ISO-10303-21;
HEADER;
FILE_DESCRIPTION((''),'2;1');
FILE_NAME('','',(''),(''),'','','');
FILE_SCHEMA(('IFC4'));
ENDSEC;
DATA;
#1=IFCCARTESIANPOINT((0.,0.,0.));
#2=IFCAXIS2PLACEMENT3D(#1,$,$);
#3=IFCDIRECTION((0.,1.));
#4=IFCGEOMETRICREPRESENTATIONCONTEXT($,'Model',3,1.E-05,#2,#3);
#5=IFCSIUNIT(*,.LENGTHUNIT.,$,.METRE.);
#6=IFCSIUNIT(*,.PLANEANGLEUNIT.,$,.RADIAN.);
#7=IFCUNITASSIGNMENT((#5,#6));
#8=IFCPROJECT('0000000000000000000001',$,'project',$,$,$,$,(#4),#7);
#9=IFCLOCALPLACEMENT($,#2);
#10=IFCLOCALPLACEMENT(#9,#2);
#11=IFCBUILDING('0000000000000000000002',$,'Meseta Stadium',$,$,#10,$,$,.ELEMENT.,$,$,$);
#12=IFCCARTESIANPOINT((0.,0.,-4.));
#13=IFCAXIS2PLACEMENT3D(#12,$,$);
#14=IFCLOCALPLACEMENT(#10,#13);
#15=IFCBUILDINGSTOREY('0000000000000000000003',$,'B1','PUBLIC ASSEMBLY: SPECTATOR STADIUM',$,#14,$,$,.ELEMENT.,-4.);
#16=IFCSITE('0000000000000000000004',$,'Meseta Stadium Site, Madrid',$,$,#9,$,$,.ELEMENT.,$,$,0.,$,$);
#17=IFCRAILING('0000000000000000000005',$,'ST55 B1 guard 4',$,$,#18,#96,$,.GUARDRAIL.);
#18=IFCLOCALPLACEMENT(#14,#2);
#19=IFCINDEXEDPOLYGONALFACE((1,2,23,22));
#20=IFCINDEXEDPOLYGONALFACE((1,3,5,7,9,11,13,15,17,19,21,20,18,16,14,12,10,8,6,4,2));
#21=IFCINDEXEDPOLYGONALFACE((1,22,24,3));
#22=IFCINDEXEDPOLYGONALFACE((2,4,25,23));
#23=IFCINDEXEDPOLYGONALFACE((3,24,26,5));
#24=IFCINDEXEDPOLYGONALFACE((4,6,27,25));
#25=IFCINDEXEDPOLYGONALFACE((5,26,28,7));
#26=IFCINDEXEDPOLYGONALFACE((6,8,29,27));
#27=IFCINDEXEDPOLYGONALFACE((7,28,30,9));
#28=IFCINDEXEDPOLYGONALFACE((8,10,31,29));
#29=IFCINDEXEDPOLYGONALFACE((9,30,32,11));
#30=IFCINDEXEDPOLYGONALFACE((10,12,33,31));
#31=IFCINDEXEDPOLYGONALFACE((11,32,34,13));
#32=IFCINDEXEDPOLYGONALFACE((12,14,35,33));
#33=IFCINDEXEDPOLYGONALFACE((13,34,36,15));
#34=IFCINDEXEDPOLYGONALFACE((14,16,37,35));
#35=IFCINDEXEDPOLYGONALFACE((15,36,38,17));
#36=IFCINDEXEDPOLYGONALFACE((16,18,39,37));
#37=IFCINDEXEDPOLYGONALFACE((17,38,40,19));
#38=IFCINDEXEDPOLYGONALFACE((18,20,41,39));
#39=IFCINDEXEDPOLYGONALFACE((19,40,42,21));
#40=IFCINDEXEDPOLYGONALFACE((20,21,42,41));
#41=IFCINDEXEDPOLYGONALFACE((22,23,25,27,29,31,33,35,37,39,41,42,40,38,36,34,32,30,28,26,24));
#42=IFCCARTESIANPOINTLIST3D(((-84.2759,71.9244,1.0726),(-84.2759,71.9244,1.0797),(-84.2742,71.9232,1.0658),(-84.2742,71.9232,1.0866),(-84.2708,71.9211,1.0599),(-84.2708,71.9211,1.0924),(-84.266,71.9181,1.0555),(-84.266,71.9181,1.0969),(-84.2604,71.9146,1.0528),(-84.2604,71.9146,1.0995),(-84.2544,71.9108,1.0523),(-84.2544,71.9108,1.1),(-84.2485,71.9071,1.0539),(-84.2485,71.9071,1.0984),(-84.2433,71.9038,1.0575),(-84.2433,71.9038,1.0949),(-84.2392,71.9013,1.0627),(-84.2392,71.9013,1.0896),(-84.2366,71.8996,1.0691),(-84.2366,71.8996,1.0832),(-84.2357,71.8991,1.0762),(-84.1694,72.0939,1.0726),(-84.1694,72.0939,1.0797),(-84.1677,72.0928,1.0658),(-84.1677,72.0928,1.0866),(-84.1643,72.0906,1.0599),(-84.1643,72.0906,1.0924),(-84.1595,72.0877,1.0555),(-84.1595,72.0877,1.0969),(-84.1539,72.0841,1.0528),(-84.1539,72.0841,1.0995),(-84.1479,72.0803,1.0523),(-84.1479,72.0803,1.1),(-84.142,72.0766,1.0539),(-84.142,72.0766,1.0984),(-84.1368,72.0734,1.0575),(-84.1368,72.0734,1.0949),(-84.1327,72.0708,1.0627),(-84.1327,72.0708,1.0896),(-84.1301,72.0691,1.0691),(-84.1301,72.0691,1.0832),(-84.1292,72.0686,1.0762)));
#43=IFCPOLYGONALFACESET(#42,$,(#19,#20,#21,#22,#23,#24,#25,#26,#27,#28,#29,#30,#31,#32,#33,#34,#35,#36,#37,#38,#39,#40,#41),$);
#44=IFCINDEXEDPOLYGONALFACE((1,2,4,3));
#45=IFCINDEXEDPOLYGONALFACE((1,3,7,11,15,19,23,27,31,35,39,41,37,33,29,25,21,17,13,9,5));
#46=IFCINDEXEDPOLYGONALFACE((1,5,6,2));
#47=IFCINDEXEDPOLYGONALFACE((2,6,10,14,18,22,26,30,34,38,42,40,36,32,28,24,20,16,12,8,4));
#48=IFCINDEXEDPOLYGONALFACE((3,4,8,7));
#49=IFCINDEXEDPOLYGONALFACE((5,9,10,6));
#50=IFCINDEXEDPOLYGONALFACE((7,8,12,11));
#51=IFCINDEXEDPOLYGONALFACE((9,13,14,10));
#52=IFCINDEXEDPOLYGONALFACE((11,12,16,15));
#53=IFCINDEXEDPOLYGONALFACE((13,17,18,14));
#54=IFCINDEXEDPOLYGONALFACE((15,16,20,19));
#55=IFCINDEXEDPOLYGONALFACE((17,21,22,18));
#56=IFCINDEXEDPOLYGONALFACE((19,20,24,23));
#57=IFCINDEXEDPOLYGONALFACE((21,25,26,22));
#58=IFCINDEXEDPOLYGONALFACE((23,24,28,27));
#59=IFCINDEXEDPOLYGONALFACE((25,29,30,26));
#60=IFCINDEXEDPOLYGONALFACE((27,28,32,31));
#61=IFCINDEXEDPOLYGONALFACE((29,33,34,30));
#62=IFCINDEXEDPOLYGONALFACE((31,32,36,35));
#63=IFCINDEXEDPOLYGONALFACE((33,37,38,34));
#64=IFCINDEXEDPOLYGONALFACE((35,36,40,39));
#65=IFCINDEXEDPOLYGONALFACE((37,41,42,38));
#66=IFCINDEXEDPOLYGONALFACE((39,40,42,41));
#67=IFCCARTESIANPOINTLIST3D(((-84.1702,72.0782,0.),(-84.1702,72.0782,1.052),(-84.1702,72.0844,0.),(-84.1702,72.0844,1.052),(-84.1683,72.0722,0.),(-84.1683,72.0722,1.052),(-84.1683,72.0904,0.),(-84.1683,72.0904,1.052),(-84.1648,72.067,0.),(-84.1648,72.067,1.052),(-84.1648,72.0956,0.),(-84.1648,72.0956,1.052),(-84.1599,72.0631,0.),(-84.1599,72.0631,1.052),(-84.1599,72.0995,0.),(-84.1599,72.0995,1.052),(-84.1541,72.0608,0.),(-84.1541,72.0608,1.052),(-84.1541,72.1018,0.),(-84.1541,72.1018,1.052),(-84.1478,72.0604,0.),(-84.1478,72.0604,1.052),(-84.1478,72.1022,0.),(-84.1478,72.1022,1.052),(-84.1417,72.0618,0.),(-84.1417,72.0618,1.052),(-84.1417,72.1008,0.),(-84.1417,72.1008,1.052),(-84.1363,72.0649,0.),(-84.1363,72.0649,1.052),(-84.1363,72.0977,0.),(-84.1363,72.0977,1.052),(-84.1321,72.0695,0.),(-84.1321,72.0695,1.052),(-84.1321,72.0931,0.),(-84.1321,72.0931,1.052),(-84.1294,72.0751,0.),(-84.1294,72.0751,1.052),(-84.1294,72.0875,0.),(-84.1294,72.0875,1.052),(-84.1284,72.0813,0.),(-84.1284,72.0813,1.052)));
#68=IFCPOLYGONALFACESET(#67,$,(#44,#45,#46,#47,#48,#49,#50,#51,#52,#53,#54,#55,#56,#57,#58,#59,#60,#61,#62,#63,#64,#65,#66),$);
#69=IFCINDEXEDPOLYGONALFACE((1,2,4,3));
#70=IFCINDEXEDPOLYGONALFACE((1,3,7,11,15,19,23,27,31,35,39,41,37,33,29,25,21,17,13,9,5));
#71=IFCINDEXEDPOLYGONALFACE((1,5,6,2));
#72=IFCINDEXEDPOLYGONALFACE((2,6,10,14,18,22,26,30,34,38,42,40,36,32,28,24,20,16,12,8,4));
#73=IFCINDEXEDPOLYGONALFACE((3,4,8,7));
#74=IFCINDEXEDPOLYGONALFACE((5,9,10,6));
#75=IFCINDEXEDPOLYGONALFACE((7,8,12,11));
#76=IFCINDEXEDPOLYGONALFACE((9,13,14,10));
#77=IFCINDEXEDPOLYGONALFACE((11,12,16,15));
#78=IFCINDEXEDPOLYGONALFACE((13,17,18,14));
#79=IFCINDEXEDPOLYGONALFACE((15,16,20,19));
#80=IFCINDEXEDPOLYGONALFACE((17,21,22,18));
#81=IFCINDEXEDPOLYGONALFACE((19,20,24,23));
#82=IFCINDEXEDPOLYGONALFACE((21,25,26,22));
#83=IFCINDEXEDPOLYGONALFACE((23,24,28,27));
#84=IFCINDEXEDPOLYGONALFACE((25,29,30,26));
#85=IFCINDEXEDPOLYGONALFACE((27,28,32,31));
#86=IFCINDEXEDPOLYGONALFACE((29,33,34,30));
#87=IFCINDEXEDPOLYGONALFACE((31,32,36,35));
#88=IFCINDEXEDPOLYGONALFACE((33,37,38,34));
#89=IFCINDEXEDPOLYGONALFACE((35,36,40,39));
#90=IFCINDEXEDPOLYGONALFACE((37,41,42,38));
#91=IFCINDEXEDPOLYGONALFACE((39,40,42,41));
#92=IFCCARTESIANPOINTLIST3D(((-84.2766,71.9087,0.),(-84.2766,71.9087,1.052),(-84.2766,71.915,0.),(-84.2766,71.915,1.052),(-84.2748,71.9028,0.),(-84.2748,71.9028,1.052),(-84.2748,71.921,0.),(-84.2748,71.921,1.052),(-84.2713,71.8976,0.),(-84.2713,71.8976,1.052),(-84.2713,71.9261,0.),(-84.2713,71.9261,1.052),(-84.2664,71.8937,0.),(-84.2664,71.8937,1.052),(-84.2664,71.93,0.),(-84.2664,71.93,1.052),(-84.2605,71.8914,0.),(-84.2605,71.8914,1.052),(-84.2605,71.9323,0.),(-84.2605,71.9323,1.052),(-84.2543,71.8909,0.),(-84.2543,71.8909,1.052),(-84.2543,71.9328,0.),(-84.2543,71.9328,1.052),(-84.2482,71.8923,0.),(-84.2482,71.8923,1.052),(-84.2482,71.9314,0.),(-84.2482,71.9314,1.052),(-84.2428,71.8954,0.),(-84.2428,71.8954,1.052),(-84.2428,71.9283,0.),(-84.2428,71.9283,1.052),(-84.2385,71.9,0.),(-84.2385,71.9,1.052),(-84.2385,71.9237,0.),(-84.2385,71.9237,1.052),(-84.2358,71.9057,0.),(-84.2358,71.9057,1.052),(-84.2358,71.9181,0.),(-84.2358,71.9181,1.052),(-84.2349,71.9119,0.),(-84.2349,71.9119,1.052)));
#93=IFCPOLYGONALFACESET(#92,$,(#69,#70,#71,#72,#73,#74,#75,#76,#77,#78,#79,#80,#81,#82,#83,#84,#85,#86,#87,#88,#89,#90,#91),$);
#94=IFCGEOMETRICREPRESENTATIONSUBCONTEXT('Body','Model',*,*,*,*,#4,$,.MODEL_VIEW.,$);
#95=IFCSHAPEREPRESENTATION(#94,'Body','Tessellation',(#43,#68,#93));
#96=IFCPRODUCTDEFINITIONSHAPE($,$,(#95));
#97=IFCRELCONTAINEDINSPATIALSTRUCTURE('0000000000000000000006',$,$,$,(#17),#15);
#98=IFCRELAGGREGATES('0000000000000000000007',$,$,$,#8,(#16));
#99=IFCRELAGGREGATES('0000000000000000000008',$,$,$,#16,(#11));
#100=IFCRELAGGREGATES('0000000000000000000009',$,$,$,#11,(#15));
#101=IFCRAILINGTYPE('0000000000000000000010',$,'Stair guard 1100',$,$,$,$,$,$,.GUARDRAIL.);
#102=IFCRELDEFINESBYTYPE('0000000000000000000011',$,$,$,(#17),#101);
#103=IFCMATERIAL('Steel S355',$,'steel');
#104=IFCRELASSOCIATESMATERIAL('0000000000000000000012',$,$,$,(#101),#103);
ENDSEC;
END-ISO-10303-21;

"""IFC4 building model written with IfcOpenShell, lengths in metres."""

from ifc_helpers import new_model, si_unit, direction, frame, origin, origin_2d, place, context, subcontext, project, spatial, circle, extrude, material, type_object, element, save


model = new_model("IFC4")

# Units and contexts
model_context = context("Model", 3, precision=1e-05, world=origin(), true_north=direction((0.0, 1.0)))
body_context = subcontext(model_context, "Body", "Model", "MODEL_VIEW")
ifc_project = project(units=[si_unit("LENGTHUNIT", "METRE"), si_unit("PLANEANGLEUNIT", "RADIAN")], contexts=[model_context])

# Site, building, storey
site_placement = place(None, origin())
site = spatial("IfcSite", under=ifc_project, at=site_placement, Name="Meseta Stadium Site, Madrid", CompositionType="ELEMENT", RefElevation=0.0)
building_placement = place(site_placement, origin())
building = spatial("IfcBuilding", under=site, at=building_placement, Name="Meseta Stadium", CompositionType="ELEMENT")
storey_placement = place(building_placement, frame((0.0, 0.0, -4.0)))
storey = spatial("IfcBuildingStorey", under=building, at=storey_placement, Name="B1", Description="PUBLIC ASSEMBLY: SPECTATOR STADIUM", CompositionType="ELEMENT", Elevation=-4.0)

# Railing
ifc_material_1 = material(Name="Steel S355", Category="steel")
railing_type_1 = type_object("IfcRailingType", Name="Stair guard 1100", PredefinedType="GUARDRAIL", material=ifc_material_1)
railing_1_placement = place(storey_placement, frame((-84.1494, 72.0813, 0.0)))
element("IfcRailing", 1, at=railing_1_placement, inside=storey, type_object=railing_type_1, Name="ST55 B1 guard 4", PredefinedType="GUARDRAIL", context=body_context, shape_type="SweptSolid", body=[
    extrude(circle(Radius=0.0239, at=origin_2d()), frame((0.0, 0.0, 1.0762), z_axis=(-0.531972, -0.846762, 0.0), x_axis=(0.846762, -0.531972, 0.0)), (0.0, 0.0, 1.0), 0.2002),
    extrude(circle(Radius=0.021, at=origin_2d()), origin(), (0.0, 0.0, 1.0), 1.052),
    extrude(circle(Radius=0.021, at=origin_2d()), frame((-0.1064, -0.1694, 0.0)), (0.0, 0.0, 1.0), 1.052),
])

save(model, "model.ifc")
